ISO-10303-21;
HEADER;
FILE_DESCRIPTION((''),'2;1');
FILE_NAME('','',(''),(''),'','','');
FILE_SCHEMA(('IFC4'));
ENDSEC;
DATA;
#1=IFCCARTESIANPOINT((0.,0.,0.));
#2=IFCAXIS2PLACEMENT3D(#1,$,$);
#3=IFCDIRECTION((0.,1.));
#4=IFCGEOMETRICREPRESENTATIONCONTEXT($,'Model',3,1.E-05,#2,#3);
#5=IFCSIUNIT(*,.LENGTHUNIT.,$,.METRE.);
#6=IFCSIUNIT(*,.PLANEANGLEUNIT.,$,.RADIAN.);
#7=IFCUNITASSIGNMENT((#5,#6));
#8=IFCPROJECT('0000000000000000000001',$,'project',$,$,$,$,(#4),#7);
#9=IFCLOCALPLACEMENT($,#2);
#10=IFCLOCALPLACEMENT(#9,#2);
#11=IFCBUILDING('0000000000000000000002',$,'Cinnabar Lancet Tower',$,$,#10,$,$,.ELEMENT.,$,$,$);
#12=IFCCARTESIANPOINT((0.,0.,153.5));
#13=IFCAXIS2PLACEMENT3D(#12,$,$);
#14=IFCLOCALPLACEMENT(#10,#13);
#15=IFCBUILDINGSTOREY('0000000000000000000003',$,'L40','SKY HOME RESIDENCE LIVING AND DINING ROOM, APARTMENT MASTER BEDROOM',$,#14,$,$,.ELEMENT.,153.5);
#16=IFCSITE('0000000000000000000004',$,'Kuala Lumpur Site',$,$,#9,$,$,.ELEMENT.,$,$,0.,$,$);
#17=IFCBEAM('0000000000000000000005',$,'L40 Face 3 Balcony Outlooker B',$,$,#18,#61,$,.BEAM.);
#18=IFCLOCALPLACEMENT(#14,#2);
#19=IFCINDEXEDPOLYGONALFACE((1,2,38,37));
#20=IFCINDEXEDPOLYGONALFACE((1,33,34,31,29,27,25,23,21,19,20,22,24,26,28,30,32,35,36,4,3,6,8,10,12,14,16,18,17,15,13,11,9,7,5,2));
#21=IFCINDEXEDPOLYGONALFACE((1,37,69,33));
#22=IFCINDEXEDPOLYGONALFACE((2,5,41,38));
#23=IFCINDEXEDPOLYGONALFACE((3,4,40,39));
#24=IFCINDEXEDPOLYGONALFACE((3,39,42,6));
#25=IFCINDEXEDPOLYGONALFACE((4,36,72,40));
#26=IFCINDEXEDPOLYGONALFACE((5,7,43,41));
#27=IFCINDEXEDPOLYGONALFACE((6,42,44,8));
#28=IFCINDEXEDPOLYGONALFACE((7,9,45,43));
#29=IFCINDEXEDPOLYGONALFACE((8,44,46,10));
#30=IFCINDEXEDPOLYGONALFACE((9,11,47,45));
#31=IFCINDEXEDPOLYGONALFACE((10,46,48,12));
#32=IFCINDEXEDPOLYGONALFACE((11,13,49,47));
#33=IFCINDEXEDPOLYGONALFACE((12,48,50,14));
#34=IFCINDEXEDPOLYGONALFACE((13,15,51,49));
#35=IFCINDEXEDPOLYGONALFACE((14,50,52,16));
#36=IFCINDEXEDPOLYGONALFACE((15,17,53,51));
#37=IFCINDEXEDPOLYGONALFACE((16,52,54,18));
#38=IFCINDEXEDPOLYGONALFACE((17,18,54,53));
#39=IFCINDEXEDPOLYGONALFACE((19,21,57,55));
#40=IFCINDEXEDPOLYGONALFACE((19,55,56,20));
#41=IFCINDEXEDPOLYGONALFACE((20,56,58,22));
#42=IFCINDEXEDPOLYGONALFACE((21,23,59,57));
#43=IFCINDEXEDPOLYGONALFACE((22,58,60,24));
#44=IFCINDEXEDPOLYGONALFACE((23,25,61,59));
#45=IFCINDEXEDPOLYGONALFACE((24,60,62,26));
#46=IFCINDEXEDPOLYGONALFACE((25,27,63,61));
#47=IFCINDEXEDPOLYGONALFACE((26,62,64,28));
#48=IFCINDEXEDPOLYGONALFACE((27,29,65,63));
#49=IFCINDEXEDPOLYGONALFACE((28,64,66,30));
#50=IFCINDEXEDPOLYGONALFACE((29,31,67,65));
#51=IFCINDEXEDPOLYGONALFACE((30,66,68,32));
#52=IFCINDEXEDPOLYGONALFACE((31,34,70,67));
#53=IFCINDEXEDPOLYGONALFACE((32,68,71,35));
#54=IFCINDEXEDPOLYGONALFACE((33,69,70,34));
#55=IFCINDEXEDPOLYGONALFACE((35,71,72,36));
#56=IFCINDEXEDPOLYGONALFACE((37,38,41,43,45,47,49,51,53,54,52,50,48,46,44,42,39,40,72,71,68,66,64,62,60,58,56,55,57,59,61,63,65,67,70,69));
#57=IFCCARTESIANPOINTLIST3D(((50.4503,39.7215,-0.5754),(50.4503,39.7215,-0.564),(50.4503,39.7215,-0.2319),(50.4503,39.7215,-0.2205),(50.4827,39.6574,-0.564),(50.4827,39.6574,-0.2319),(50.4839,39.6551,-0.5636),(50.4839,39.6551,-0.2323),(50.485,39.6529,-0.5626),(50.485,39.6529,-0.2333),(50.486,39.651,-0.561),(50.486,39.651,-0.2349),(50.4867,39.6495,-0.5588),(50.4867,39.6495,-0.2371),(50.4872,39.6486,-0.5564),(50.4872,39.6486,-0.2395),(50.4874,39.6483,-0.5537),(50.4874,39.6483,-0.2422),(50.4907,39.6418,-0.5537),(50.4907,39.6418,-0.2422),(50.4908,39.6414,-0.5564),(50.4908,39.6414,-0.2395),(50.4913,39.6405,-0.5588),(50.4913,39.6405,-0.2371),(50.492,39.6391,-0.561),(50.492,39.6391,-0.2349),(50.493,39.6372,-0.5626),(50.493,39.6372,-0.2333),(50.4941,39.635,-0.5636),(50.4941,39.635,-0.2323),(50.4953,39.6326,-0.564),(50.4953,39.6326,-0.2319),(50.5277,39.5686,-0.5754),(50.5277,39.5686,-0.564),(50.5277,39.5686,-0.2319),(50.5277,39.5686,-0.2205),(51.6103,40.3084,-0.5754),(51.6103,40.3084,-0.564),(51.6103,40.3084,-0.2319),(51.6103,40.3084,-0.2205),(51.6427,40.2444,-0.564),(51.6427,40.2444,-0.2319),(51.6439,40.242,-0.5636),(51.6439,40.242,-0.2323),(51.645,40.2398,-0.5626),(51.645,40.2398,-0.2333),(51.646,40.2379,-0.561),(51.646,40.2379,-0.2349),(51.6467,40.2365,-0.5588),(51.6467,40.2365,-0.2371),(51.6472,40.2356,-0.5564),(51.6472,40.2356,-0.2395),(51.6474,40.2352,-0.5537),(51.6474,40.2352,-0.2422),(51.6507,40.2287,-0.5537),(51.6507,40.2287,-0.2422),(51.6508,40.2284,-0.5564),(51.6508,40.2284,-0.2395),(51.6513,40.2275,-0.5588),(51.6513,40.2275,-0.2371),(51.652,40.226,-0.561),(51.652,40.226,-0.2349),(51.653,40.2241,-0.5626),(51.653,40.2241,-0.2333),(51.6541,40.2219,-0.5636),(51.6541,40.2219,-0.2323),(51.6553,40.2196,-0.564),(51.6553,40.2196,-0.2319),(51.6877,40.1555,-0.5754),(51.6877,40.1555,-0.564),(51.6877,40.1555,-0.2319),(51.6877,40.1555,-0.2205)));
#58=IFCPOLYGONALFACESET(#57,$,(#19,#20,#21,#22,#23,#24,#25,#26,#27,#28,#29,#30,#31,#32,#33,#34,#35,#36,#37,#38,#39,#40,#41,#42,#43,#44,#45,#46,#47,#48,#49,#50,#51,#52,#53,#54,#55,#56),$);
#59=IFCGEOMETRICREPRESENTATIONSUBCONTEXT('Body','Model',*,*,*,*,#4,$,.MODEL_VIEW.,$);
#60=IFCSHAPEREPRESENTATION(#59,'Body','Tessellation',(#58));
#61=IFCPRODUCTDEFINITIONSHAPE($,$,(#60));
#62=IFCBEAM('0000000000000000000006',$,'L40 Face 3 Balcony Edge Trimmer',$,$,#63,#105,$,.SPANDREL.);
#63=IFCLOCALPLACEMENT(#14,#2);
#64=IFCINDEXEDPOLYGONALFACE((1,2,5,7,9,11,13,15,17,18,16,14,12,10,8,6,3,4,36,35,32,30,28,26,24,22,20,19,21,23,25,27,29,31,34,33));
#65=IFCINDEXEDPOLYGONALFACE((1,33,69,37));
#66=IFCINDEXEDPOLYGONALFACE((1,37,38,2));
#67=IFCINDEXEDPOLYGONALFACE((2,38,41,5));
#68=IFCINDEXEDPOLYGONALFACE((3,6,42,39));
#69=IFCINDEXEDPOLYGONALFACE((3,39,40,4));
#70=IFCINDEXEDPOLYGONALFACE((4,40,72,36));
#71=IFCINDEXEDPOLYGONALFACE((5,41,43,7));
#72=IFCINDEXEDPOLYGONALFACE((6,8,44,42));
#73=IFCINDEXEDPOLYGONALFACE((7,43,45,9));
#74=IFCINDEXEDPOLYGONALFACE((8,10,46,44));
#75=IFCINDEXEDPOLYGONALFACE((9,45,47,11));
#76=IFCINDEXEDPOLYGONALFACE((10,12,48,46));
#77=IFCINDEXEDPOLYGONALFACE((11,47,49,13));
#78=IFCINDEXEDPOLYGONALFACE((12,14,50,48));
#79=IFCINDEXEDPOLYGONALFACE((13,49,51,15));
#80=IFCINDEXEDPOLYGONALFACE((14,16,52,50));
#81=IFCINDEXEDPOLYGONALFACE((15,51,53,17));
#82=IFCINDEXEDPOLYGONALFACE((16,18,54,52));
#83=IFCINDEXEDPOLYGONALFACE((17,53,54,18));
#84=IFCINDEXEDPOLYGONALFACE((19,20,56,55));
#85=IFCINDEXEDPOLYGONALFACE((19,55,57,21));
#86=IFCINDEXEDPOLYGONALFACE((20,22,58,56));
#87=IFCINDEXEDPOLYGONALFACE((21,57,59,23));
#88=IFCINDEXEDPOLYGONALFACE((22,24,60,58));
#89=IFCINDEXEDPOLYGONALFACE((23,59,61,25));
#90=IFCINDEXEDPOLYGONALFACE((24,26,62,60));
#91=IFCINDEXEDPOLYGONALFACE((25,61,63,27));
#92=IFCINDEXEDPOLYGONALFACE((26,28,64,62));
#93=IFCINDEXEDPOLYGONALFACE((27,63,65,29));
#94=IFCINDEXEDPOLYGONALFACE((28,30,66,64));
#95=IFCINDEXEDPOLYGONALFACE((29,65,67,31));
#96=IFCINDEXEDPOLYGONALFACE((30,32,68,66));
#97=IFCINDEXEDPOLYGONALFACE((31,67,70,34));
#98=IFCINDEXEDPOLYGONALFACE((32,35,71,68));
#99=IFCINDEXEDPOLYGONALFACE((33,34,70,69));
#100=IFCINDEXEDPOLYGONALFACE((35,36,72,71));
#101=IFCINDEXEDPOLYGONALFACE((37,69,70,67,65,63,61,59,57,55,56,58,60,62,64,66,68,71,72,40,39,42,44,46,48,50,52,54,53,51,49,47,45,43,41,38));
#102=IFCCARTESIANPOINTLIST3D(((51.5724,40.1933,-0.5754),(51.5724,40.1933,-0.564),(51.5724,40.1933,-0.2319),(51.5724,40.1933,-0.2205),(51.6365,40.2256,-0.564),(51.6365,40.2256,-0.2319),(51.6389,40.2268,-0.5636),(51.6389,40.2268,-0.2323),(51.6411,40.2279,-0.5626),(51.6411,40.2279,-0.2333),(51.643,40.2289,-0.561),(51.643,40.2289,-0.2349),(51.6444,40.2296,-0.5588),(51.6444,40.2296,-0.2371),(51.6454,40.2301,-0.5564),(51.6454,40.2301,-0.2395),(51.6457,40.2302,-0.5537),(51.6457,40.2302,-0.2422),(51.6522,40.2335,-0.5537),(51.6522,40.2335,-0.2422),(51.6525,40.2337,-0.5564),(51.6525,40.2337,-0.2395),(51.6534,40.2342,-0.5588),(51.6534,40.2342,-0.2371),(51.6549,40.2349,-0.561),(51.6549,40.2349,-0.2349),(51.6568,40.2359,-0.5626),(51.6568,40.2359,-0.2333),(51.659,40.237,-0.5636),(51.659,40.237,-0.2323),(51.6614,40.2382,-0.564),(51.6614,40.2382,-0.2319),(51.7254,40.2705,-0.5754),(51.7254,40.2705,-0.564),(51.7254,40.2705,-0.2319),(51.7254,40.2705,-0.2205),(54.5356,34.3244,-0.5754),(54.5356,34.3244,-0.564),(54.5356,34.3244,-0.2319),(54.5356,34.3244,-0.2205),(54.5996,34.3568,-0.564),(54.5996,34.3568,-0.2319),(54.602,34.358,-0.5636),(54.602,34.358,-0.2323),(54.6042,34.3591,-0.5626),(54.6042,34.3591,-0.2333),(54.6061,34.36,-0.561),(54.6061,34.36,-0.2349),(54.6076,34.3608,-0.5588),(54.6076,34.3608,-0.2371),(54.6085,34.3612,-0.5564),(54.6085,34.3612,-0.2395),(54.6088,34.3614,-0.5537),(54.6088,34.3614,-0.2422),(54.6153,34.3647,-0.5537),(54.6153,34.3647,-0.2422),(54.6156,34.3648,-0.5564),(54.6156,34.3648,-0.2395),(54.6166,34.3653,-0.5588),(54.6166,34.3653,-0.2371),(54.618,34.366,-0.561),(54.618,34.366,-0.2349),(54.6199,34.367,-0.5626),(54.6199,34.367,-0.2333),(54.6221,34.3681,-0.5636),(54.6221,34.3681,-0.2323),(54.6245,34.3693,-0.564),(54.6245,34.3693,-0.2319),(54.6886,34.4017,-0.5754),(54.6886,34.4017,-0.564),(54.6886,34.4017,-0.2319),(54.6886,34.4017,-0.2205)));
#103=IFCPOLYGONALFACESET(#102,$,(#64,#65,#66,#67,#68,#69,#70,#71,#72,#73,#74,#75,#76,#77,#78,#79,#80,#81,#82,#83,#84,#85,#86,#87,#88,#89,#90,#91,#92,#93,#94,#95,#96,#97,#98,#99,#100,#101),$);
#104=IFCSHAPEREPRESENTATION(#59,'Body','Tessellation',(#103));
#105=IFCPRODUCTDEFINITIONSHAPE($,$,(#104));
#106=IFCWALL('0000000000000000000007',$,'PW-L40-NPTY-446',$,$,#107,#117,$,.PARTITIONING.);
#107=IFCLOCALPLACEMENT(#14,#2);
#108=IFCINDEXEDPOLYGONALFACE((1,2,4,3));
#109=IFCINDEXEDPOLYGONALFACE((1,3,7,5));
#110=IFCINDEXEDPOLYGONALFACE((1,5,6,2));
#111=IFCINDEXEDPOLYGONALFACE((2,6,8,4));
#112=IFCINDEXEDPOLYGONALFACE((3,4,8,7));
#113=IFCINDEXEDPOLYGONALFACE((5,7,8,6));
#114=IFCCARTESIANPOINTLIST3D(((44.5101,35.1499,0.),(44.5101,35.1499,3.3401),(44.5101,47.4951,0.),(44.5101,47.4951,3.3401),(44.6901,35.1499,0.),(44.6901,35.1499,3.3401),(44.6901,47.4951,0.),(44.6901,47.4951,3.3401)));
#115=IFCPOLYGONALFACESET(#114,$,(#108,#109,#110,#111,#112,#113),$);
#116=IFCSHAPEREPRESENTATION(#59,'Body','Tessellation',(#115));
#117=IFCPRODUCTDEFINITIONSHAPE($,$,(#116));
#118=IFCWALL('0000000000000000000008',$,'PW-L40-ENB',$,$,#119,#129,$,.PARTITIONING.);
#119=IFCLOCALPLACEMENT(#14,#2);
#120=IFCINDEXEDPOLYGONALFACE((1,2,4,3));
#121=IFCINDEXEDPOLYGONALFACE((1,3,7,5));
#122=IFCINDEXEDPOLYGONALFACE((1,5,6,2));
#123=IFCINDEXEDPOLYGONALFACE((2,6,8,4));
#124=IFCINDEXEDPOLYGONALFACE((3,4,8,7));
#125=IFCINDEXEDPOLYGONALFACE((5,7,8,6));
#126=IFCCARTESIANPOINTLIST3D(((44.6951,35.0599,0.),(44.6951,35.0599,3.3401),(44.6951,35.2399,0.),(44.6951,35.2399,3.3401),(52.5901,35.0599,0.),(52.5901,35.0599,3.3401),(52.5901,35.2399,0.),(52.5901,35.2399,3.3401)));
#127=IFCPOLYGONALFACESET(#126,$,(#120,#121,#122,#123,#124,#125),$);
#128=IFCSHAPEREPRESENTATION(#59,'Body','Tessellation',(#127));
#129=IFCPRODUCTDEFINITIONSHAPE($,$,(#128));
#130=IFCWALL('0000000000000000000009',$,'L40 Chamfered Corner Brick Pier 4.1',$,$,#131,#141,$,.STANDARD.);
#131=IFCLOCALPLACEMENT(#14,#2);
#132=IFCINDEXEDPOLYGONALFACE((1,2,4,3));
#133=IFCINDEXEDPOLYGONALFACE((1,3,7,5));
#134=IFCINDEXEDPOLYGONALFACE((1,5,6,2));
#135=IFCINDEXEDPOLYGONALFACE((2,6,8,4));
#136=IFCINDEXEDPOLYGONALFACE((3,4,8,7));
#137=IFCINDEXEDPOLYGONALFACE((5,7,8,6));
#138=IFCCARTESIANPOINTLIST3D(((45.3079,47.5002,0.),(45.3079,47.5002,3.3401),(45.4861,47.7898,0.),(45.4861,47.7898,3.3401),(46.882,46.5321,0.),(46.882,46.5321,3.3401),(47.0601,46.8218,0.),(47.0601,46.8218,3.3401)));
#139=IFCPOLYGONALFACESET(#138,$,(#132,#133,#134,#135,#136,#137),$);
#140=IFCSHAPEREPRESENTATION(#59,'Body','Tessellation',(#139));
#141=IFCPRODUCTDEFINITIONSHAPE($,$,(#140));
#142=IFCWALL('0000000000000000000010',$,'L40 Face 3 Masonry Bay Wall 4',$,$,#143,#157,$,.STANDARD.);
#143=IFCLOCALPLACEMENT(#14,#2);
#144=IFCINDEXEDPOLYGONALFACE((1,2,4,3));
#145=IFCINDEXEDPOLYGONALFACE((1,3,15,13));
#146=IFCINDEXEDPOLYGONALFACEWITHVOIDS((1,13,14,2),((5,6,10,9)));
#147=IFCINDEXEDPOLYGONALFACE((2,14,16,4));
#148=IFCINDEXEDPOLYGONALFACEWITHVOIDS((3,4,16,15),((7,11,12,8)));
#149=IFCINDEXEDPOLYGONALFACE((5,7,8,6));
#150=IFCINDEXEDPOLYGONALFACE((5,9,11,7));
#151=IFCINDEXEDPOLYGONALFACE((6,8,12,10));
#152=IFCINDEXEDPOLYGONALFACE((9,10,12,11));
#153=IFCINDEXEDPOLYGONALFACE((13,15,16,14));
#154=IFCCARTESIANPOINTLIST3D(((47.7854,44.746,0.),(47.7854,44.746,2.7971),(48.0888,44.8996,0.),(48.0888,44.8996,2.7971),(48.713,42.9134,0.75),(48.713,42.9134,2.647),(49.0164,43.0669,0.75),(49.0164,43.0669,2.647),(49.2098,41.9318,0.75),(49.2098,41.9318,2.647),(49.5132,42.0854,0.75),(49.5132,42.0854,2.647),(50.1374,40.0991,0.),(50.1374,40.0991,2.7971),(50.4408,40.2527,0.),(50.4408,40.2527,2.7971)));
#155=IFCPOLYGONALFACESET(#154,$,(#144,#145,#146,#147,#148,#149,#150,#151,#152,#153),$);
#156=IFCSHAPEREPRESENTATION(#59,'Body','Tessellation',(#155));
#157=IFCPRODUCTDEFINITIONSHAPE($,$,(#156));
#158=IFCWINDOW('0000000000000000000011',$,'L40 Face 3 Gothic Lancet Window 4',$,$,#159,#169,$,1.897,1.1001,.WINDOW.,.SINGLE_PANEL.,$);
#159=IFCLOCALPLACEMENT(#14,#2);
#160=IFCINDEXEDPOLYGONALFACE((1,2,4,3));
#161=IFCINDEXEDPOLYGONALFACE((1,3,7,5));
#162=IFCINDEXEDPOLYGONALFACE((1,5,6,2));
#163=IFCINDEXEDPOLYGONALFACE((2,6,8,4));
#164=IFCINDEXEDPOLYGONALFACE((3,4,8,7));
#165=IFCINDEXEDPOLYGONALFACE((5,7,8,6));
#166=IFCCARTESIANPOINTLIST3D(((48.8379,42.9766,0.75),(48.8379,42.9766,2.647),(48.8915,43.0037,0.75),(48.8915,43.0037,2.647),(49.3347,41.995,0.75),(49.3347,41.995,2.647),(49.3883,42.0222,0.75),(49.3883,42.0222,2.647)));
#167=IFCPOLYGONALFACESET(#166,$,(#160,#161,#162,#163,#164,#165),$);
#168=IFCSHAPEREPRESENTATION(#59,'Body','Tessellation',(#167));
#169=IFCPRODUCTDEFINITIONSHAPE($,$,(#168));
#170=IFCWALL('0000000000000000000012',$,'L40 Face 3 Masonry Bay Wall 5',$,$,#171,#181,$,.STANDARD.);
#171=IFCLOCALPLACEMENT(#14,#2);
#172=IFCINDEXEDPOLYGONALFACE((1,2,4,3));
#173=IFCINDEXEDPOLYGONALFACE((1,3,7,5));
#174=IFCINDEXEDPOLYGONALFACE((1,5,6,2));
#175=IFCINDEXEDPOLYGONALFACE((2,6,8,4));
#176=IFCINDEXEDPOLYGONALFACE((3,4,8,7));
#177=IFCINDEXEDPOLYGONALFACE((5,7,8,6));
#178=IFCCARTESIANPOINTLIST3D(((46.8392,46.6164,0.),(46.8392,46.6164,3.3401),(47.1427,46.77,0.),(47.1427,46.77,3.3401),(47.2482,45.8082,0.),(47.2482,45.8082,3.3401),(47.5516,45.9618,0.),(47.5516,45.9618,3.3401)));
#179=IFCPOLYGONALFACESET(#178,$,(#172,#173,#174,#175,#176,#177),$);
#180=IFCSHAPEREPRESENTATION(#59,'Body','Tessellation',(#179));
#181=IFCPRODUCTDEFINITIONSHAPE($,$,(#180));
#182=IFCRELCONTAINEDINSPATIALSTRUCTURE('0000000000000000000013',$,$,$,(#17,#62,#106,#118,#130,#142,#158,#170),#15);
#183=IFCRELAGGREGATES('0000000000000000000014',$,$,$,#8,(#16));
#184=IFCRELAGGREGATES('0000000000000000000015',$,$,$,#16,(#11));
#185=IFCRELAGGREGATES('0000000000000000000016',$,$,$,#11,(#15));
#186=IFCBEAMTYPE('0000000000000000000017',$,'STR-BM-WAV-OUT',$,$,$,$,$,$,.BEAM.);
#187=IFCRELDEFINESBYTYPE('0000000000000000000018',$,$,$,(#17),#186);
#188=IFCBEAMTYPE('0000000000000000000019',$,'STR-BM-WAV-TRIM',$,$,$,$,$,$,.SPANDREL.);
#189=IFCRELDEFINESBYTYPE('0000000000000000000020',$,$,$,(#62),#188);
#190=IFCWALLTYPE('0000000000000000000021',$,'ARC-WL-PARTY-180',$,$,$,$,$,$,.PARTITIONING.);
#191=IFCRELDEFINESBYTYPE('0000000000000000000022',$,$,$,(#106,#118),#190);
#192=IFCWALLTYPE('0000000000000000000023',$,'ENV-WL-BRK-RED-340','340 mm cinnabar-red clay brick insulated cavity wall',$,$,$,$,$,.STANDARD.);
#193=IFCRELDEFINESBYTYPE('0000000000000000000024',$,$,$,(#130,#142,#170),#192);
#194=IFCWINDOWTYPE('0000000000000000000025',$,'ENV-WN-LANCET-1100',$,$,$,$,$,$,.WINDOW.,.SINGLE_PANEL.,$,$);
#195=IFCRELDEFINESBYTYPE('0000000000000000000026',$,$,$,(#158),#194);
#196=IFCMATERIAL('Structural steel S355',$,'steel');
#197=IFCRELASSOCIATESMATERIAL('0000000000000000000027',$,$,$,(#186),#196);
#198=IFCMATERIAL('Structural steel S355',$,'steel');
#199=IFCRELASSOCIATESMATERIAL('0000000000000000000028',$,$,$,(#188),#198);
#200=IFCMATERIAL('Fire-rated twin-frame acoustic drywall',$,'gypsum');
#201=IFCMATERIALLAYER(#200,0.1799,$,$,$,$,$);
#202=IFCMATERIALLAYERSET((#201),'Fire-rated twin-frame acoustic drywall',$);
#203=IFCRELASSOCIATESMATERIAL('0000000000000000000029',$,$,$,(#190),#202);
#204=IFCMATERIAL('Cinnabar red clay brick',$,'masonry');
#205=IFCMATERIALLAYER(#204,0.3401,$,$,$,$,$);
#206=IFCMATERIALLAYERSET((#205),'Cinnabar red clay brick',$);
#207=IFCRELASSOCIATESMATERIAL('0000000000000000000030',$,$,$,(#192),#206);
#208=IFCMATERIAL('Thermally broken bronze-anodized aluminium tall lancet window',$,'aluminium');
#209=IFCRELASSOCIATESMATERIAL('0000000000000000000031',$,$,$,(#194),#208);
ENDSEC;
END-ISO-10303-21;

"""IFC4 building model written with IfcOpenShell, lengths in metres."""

from ifc_helpers import new_model, si_unit, direction, frame, frame_2d, origin, origin_2d, place, context, subcontext, project, spatial, rectangle, i_section, extrude, material, layer, layer_set, material_profile, profile_set, type_object, element, fill, save


model = new_model("IFC4")

# Units and contexts
model_context = context("Model", 3, precision=1e-05, world=origin(), true_north=direction((0.0, 1.0)))
body_context = subcontext(model_context, "Body", "Model", "MODEL_VIEW")
ifc_project = project(units=[si_unit("LENGTHUNIT", "METRE"), si_unit("PLANEANGLEUNIT", "RADIAN")], contexts=[model_context])

# Site, building, storey
site_placement = place(None, origin())
site = spatial("IfcSite", under=ifc_project, at=site_placement, Name="Kuala Lumpur Site", CompositionType="ELEMENT", RefElevation=0.0)
building_placement = place(site_placement, origin())
building = spatial("IfcBuilding", under=site, at=building_placement, Name="Cinnabar Lancet Tower", CompositionType="ELEMENT")
storey_placement = place(building_placement, frame((0.0, 0.0, 153.5)))
storey = spatial("IfcBuildingStorey", under=building, at=storey_placement, Name="L40", Description="SKY HOME RESIDENCE LIVING AND DINING ROOM, APARTMENT MASTER BEDROOM", CompositionType="ELEMENT", Elevation=153.5)

# Beams
ifc_material_1 = material(Name="Structural steel S355", Category="steel")
ifc_material_profile_1 = material_profile(ifc_material_1, i_section(OverallWidth=0.1714, OverallDepth=0.355, WebThickness=0.0073, FlangeThickness=0.0115, FilletRadius=0.0103, at=origin_2d()), Name="UKB 356x171x51")
ifc_profile_set_1 = profile_set([ifc_material_profile_1], Name="Structural steel S355")
beam_type_1 = type_object("IfcBeamType", Name="STR-BM-WAV-OUT", PredefinedType="BEAM", material=ifc_profile_set_1)
beam_1_placement = place(storey_placement, frame((50.489, 39.645, -0.3979), z_axis=(0.892276, 0.45149, 0.0), x_axis=(-0.45149, 0.892276, 0.0)))
element("IfcBeam", 1, at=beam_1_placement, inside=storey, type_object=beam_type_1, Name="L40 Face 3 Balcony Outlooker B", PredefinedType="BEAM", context=body_context, shape_type="SweptSolid", body=[
    extrude(i_section(OverallWidth=0.1714, OverallDepth=0.355, WebThickness=0.0073, FlangeThickness=0.0115, FilletRadius=0.0103, at=origin_2d()), origin(), (0.0, 0.0, 1.0), 1.3),
])
ifc_material_2 = material(Name="Structural steel S355", Category="steel")
ifc_material_profile_2 = material_profile(ifc_material_2, i_section(OverallWidth=0.1714, OverallDepth=0.355, WebThickness=0.0073, FlangeThickness=0.0115, FilletRadius=0.0103, at=origin_2d()), Name="UKB 356x171x51")
ifc_profile_set_2 = profile_set([ifc_material_profile_2], Name="Structural steel S355")
beam_type_2 = type_object("IfcBeamType", Name="STR-BM-WAV-TRIM", PredefinedType="SPANDREL", material=ifc_profile_set_2)
beam_2_placement = place(storey_placement, frame((54.6121, 34.363, -0.3979), z_axis=(-0.450701, 0.892675, 0.0), x_axis=(-0.892675, -0.450701, 0.0)))
element("IfcBeam", 2, at=beam_2_placement, inside=storey, type_object=beam_type_2, Name="L40 Face 3 Balcony Edge Trimmer", PredefinedType="SPANDREL", context=body_context, shape_type="SweptSolid", body=[
    extrude(i_section(OverallWidth=0.1714, OverallDepth=0.355, WebThickness=0.0073, FlangeThickness=0.0115, FilletRadius=0.0103, at=origin_2d()), origin(), (0.0, 0.0, 1.0), 6.5745),
])

# Walls
ifc_material_3 = material(Name="Fire-rated twin-frame acoustic drywall", Category="gypsum")
ifc_layer_1 = layer(ifc_material_3, 0.1799)
ifc_layer_set_1 = layer_set([ifc_layer_1], Name="Fire-rated twin-frame acoustic drywall")
wall_type_1 = type_object("IfcWallType", Name="ARC-WL-PARTY-180", PredefinedType="PARTITIONING", material=ifc_layer_set_1)
wall_1_placement = place(storey_placement, frame((44.6001, 35.1499, 0.0), z_axis=(0.0, 0.0, 1.0), x_axis=(0.0, 1.0, 0.0)))
element("IfcWall", 3, at=wall_1_placement, inside=storey, type_object=wall_type_1, Name="PW-L40-NPTY-446", PredefinedType="PARTITIONING", context=body_context, shape_type="SweptSolid", body=[
    extrude(rectangle(XDim=12.3452, YDim=0.1799, at=frame_2d((6.1726, 0.0))), origin(), (0.0, 0.0, 1.0), 3.3401),
])
wall_2_placement = place(storey_placement, frame((44.6951, 35.1499, 0.0), z_axis=(0.0, 0.0, 1.0), x_axis=(1.0, 0.0, 0.0)))
element("IfcWall", 4, at=wall_2_placement, inside=storey, type_object=wall_type_1, Name="PW-L40-ENB", PredefinedType="PARTITIONING", context=body_context, shape_type="SweptSolid", body=[
    extrude(rectangle(XDim=7.895, YDim=0.1799, at=frame_2d((3.9475, 0.0))), origin(), (0.0, 0.0, 1.0), 3.3401),
])
ifc_material_4 = material(Name="Cinnabar red clay brick", Category="masonry")
ifc_layer_2 = layer(ifc_material_4, 0.3401)
ifc_layer_set_2 = layer_set([ifc_layer_2], Name="Cinnabar red clay brick")
wall_type_2 = type_object("IfcWallType", Name="ENV-WL-BRK-RED-340", Description="340 mm cinnabar-red clay brick insulated cavity wall", PredefinedType="STANDARD", material=ifc_layer_set_2)
wall_3_placement = place(storey_placement, frame((46.9709, 46.677, 0.0), z_axis=(0.0, 0.0, 1.0), x_axis=(-0.851799, 0.523869, 0.0)))
element("IfcWall", 5, at=wall_3_placement, inside=storey, type_object=wall_type_2, Name="L40 Chamfered Corner Brick Pier 4.1", PredefinedType="STANDARD", context=body_context, shape_type="SweptSolid", body=[
    extrude(rectangle(XDim=1.8479, YDim=0.3401, at=frame_2d((0.9238, 0.0))), origin(), (0.0, 0.0, 1.0), 3.3401),
])

# Wall, opening, window
wall_4_placement = place(storey_placement, frame((50.2891, 40.176, 0.0), z_axis=(0.0, 0.0, 1.0), x_axis=(-0.451596, 0.892223, 0.0)))
wall_4 = element("IfcWall", 6, at=wall_4_placement, inside=storey, type_object=wall_type_2, Name="L40 Face 3 Masonry Bay Wall 4", PredefinedType="STANDARD", context=body_context, shape_type="SweptSolid", body=[
    extrude(rectangle(XDim=5.2083, YDim=0.3401, at=frame_2d((2.604, 0.0))), origin(), (0.0, 0.0, 1.0), 2.7971),
])
opening_placement = place(wall_4_placement, frame((2.054, 0.0, 0.75)))
opening = element("IfcOpeningElement", 7, at=opening_placement, cuts=wall_4, PredefinedType="OPENING", context=body_context, shape_type="SweptSolid", body=[
    extrude(rectangle(XDim=1.1001, YDim=1.897, at=frame_2d((0.55, 0.9485))), frame((0.0, 0.1799, 0.0), z_axis=(0.0, -1.0, 0.0), x_axis=(1.0, 0.0, 0.0)), (0.0, 0.0, 1.0), 0.3601),
])
ifc_material_5 = material(Name="Thermally broken bronze-anodized aluminium tall lancet window", Category="aluminium")
window_type = type_object("IfcWindowType", Name="ENV-WN-LANCET-1100", PartitioningType="SINGLE_PANEL", PredefinedType="WINDOW", material=ifc_material_5)
window_placement = place(opening_placement, origin())
window = element("IfcWindow", 8, at=window_placement, inside=storey, type_object=window_type, Name="L40 Face 3 Gothic Lancet Window 4", OverallHeight=1.897, OverallWidth=1.1001, PartitioningType="SINGLE_PANEL", PredefinedType="WINDOW", context=body_context, shape_type="SweptSolid", body=[
    extrude(rectangle(XDim=1.1001, YDim=1.897, at=frame_2d((0.55, 0.9485))), frame((0.0, 0.03, 0.0), z_axis=(0.0, -1.0, 0.0), x_axis=(1.0, 0.0, 0.0)), (0.0, 0.0, 1.0), 0.0601),
])
fill(opening, window)

# Wall
wall_5_placement = place(storey_placement, frame((47.3999, 45.885, 0.0), z_axis=(0.0, 0.0, 1.0), x_axis=(-0.451521, 0.89226, 0.0)))
element("IfcWall", 9, at=wall_5_placement, inside=storey, type_object=wall_type_2, Name="L40 Face 3 Masonry Bay Wall 5", PredefinedType="STANDARD", context=body_context, shape_type="SweptSolid", body=[
    extrude(rectangle(XDim=0.9058, YDim=0.3401, at=frame_2d((0.4529, 0.0))), origin(), (0.0, 0.0, 1.0), 3.3401),
])

save(model, "model.ifc")
